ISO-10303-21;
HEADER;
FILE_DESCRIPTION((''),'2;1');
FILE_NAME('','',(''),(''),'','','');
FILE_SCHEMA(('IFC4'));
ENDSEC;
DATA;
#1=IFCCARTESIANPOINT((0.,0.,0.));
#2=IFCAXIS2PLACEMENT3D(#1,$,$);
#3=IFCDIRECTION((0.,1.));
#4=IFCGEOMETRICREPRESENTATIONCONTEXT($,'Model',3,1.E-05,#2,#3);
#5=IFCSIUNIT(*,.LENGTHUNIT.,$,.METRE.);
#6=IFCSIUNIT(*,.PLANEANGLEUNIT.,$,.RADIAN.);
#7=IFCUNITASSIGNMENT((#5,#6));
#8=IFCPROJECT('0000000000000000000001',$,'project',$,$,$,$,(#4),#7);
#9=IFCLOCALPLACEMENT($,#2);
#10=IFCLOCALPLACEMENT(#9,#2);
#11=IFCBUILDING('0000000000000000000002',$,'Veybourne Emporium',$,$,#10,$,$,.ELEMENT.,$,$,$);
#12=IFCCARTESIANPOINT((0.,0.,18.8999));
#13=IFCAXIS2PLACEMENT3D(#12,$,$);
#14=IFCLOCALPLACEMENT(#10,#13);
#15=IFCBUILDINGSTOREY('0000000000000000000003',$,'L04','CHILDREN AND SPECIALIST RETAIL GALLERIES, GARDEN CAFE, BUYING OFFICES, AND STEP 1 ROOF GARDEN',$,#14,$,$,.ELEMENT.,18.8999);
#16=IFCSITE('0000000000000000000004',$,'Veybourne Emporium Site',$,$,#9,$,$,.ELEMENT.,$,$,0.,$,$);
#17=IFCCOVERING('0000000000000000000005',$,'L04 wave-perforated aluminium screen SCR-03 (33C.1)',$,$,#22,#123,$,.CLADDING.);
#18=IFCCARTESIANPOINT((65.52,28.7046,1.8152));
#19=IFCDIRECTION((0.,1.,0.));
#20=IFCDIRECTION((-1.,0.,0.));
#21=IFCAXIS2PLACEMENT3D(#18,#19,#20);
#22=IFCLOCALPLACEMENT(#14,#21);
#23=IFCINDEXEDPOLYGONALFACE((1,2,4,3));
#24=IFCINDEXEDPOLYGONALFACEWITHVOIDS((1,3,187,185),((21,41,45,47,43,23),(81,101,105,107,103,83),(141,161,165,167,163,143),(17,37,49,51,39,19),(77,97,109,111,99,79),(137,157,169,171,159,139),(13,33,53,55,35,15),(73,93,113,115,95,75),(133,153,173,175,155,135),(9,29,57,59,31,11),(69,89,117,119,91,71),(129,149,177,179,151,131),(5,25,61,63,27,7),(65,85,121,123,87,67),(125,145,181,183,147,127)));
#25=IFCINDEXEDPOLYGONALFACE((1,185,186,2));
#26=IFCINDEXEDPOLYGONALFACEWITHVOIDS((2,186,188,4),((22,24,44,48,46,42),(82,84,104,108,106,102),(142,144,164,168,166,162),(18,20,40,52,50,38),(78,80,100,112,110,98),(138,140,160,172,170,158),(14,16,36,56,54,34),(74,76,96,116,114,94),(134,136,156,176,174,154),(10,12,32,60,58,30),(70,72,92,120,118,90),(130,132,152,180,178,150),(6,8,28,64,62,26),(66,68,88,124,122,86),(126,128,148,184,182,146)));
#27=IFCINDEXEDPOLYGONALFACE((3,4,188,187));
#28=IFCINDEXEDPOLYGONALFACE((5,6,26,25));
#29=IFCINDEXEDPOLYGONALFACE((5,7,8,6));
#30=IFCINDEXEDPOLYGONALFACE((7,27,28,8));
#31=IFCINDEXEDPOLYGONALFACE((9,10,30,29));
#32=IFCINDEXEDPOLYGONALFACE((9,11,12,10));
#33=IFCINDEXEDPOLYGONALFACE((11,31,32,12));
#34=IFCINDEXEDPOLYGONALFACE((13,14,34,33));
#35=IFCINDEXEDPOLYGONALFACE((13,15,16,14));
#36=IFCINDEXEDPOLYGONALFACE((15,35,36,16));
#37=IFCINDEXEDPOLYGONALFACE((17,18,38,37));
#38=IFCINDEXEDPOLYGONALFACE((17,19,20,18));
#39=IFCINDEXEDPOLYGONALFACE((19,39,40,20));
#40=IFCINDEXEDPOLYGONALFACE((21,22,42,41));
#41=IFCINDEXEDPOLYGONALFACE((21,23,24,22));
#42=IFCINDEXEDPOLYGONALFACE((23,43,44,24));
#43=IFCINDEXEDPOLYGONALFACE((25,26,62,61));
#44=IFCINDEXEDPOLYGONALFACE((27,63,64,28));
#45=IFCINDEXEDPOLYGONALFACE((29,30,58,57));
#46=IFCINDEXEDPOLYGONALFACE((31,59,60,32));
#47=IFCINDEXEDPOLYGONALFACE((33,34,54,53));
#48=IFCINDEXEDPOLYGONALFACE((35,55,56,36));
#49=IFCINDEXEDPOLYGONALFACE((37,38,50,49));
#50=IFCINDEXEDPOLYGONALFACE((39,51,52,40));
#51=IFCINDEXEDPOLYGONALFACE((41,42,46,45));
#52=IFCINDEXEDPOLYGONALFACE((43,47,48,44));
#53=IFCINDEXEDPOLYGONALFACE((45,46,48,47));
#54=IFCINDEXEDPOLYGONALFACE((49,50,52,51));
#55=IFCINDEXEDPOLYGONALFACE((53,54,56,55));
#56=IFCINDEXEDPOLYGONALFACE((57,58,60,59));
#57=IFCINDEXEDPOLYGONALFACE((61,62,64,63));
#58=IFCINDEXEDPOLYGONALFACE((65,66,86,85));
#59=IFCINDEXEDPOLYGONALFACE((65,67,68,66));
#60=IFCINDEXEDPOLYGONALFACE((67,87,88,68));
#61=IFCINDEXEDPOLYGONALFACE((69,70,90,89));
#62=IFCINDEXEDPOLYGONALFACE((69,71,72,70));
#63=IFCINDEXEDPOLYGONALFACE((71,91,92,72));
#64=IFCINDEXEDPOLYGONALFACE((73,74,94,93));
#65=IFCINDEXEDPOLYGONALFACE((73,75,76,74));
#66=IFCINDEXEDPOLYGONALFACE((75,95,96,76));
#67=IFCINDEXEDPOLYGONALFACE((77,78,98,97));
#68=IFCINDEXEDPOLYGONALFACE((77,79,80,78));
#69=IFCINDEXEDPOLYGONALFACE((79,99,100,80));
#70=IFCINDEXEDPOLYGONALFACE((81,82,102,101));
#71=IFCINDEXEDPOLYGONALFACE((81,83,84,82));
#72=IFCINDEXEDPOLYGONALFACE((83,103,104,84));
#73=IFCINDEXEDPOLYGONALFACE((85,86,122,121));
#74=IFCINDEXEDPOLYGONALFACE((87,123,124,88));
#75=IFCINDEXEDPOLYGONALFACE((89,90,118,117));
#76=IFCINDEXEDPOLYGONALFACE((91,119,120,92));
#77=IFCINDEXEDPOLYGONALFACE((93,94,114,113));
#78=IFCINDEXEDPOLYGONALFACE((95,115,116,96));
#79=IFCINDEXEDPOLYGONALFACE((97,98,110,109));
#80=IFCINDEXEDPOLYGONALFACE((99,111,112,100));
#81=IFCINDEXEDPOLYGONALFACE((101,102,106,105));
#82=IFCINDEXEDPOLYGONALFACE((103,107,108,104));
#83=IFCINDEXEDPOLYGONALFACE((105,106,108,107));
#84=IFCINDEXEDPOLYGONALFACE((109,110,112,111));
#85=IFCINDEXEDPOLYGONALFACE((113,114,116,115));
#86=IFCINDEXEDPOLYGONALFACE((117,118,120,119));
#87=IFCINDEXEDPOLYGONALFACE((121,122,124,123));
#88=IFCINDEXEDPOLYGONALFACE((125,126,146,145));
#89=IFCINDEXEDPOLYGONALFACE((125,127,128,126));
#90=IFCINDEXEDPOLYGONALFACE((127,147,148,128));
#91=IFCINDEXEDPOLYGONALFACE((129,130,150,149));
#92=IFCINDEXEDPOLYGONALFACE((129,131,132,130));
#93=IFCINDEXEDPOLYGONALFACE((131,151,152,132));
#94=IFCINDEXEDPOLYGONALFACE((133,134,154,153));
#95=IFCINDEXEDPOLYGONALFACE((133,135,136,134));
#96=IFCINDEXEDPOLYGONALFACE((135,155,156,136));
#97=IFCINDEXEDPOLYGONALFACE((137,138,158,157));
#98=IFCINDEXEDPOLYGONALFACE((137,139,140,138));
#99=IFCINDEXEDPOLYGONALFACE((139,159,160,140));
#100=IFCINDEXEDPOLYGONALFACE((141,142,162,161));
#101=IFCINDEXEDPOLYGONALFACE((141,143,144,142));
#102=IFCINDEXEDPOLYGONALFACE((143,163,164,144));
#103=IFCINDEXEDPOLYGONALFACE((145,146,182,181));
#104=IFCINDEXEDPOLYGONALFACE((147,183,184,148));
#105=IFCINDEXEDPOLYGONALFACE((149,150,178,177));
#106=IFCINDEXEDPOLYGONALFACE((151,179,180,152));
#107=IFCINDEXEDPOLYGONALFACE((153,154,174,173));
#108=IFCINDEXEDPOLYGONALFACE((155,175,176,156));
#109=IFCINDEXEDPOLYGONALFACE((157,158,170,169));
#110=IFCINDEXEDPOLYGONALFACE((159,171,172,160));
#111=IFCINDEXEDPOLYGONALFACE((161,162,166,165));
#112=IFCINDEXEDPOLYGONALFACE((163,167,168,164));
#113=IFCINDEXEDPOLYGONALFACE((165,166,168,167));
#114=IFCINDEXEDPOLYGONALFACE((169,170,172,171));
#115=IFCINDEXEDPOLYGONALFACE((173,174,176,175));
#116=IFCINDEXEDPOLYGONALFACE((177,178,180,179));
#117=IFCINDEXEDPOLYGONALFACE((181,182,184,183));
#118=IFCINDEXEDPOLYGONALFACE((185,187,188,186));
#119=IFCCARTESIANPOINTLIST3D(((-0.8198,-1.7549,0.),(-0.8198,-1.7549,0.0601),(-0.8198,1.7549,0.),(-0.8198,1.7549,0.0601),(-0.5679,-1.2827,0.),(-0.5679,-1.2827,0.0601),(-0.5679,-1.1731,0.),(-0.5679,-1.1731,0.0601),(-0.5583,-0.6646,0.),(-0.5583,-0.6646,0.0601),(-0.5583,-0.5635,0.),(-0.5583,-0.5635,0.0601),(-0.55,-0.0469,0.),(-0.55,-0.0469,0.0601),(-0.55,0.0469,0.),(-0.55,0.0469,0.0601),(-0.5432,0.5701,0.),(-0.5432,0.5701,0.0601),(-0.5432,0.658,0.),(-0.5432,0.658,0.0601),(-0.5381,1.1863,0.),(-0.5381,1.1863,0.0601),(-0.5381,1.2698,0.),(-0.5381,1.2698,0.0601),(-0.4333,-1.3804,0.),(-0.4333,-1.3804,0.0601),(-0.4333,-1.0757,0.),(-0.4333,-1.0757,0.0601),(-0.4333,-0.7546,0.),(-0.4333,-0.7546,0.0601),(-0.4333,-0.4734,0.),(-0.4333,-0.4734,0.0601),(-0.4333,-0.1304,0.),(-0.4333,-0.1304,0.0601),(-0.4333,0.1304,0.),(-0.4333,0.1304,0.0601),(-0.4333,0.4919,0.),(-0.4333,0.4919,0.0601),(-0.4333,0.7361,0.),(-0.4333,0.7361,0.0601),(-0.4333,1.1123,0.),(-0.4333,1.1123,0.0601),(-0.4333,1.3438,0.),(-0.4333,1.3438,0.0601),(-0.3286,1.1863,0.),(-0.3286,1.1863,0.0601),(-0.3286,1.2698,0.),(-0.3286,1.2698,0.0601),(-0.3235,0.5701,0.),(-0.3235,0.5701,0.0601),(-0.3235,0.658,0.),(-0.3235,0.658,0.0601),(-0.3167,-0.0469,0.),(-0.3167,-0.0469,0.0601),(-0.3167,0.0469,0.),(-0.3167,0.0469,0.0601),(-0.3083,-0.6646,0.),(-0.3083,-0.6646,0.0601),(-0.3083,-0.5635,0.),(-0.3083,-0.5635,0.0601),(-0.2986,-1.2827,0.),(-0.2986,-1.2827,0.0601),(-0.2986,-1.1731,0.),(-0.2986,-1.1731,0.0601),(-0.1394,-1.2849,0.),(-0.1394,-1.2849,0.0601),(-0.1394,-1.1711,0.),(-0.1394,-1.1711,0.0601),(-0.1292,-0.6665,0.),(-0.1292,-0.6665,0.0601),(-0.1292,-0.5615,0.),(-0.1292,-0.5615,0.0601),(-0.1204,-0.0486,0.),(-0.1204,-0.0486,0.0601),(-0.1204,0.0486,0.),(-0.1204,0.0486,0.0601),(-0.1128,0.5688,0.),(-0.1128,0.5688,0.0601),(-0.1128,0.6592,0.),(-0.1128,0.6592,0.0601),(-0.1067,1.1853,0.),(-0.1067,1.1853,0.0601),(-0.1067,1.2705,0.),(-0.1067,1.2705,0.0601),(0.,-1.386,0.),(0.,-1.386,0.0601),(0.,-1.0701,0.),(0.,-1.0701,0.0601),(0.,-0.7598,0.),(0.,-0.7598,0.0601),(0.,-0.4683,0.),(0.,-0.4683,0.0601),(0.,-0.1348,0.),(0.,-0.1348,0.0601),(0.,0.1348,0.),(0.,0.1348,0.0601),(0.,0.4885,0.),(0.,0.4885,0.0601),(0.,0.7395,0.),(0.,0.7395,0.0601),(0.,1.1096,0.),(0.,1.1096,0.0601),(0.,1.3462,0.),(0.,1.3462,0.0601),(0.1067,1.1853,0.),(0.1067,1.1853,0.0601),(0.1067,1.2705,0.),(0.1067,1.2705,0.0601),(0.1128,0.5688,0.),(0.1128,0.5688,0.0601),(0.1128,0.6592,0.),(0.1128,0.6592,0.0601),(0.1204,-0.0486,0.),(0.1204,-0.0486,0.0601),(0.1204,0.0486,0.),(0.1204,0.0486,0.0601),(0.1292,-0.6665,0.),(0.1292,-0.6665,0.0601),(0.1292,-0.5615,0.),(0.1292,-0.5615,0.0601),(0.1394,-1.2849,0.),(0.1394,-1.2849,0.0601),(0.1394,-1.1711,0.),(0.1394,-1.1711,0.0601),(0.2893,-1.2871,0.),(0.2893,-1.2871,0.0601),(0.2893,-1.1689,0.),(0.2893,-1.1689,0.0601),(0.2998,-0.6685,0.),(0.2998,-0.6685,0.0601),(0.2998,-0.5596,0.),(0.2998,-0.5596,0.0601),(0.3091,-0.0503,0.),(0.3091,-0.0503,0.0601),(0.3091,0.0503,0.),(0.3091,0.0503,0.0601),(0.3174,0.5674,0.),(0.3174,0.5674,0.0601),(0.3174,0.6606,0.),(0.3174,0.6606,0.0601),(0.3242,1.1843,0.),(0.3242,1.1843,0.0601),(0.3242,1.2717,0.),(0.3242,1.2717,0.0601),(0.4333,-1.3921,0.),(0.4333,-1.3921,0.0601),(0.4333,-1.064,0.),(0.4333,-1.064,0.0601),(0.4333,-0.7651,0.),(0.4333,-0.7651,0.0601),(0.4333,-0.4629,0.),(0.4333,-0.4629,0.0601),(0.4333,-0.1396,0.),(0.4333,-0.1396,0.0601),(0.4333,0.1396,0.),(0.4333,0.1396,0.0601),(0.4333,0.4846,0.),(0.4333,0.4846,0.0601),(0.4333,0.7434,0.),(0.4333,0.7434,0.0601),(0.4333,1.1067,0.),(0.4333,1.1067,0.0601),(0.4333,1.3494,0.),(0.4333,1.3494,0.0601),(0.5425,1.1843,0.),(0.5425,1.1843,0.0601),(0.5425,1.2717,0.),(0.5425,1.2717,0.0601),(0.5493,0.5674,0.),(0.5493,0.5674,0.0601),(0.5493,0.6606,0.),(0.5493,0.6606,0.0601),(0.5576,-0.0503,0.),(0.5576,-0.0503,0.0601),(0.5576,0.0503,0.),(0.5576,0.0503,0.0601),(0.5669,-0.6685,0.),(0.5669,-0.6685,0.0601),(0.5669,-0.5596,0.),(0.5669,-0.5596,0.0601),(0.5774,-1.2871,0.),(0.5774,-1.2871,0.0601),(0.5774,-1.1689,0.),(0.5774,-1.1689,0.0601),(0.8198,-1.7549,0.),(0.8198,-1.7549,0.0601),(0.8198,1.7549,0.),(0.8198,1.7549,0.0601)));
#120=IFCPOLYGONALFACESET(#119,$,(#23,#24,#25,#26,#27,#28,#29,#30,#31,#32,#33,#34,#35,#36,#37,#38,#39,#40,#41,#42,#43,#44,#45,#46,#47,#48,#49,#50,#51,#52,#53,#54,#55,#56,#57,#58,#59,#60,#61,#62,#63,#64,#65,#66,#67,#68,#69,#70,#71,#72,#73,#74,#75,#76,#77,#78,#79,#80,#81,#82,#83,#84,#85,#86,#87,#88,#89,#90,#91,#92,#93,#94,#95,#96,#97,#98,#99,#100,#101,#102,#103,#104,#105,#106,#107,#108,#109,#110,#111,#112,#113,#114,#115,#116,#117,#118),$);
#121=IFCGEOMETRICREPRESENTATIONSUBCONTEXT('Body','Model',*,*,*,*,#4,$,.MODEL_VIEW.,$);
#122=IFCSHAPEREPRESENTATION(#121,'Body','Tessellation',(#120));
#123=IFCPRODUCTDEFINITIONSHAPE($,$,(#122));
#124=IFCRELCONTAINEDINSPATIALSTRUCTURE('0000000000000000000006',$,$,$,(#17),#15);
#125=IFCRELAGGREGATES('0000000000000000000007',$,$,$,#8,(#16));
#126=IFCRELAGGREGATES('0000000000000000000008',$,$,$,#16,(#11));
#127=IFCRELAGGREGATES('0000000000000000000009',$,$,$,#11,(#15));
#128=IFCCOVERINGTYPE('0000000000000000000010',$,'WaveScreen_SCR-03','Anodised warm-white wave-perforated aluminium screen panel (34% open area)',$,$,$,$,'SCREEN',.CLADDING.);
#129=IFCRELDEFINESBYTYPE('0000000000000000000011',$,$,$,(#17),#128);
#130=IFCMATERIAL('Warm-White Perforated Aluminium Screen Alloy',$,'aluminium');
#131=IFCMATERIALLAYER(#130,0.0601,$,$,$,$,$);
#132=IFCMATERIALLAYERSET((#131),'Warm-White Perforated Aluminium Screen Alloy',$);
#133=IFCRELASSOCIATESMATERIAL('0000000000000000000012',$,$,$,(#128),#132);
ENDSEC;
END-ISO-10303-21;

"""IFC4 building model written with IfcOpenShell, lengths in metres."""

from ifc_helpers import new_model, si_unit, direction, frame, origin, place, context, subcontext, project, spatial, polyline, outline, extrude, material, layer, layer_set, type_object, element, save


model = new_model("IFC4")

# Units and contexts
model_context = context("Model", 3, precision=1e-05, world=origin(), true_north=direction((0.0, 1.0)))
body_context = subcontext(model_context, "Body", "Model", "MODEL_VIEW")
ifc_project = project(units=[si_unit("LENGTHUNIT", "METRE"), si_unit("PLANEANGLEUNIT", "RADIAN")], contexts=[model_context])

# Site, building, storey
site_placement = place(None, origin())
site = spatial("IfcSite", under=ifc_project, at=site_placement, Name="Veybourne Emporium Site", CompositionType="ELEMENT", RefElevation=0.0)
building_placement = place(site_placement, origin())
building = spatial("IfcBuilding", under=site, at=building_placement, Name="Veybourne Emporium", CompositionType="ELEMENT")
storey_placement = place(building_placement, frame((0.0, 0.0, 18.8999)))
storey = spatial("IfcBuildingStorey", under=building, at=storey_placement, Name="L04", Description="CHILDREN AND SPECIALIST RETAIL GALLERIES, GARDEN CAFE, BUYING OFFICES, AND STEP 1 ROOF GARDEN", CompositionType="ELEMENT", Elevation=18.8999)

# Covering
ifc_material_1 = material(Name="Warm-White Perforated Aluminium Screen Alloy", Category="aluminium")
ifc_layer_1 = layer(ifc_material_1, 0.0601)
ifc_layer_set_1 = layer_set([ifc_layer_1], Name="Warm-White Perforated Aluminium Screen Alloy")
covering_type_1 = type_object("IfcCoveringType", Name="WaveScreen_SCR-03", Description="Anodised warm-white wave-perforated aluminium screen panel (34% open area)", ElementType="SCREEN", PredefinedType="CLADDING", material=ifc_layer_set_1)
covering_1_placement = place(storey_placement, frame((65.52, 28.7046, 1.8152), z_axis=(0.0, 1.0, 0.0), x_axis=(-1.0, 0.0, 0.0)))
element("IfcCovering", 1, at=covering_1_placement, inside=storey, type_object=covering_type_1, Name="L04 wave-perforated aluminium screen SCR-03 (33C.1)", PredefinedType="CLADDING", context=body_context, shape_type="SweptSolid", body=[
    extrude(outline(polyline([(-0.8198, -1.7549), (0.8198, -1.7549), (0.8198, 1.7549), (-0.8198, 1.7549), (-0.8198, -1.7549)]), holes=[polyline([(-0.4333, -1.0757), (-0.2986, -1.1731), (-0.2986, -1.2827), (-0.4333, -1.3804), (-0.5679, -1.2827), (-0.5679, -1.1731), (-0.4333, -1.0757)]), polyline([(-0.4333, -0.4734), (-0.3083, -0.5635), (-0.3083, -0.6646), (-0.4333, -0.7546), (-0.5583, -0.6646), (-0.5583, -0.5635), (-0.4333, -0.4734)]), polyline([(-0.4333, 0.1304), (-0.3167, 0.0469), (-0.3167, -0.0469), (-0.4333, -0.1304), (-0.55, -0.0469), (-0.55, 0.0469), (-0.4333, 0.1304)]), polyline([(-0.4333, 0.7361), (-0.3235, 0.658), (-0.3235, 0.5701), (-0.4333, 0.4919), (-0.5432, 0.5701), (-0.5432, 0.658), (-0.4333, 0.7361)]), polyline([(-0.4333, 1.3438), (-0.3286, 1.2698), (-0.3286, 1.1863), (-0.4333, 1.1123), (-0.5381, 1.1863), (-0.5381, 1.2698), (-0.4333, 1.3438)]), polyline([(0.0, -1.0701), (0.1394, -1.1711), (0.1394, -1.2849), (0.0, -1.386), (-0.1394, -1.2849), (-0.1394, -1.1711), (0.0, -1.0701)]), polyline([(0.0, -0.4683), (0.1292, -0.5615), (0.1292, -0.6665), (0.0, -0.7598), (-0.1292, -0.6665), (-0.1292, -0.5615), (0.0, -0.4683)]), polyline([(0.0, 0.1348), (0.1204, 0.0486), (0.1204, -0.0486), (0.0, -0.1348), (-0.1204, -0.0486), (-0.1204, 0.0486), (0.0, 0.1348)]), polyline([(0.0, 0.7395), (0.1128, 0.6592), (0.1128, 0.5688), (0.0, 0.4885), (-0.1128, 0.5688), (-0.1128, 0.6592), (0.0, 0.7395)]), polyline([(0.0, 1.3462), (0.1067, 1.2705), (0.1067, 1.1853), (0.0, 1.1096), (-0.1067, 1.1853), (-0.1067, 1.2705), (0.0, 1.3462)]), polyline([(0.4333, -1.064), (0.5774, -1.1689), (0.5774, -1.2871), (0.4333, -1.3921), (0.2893, -1.2871), (0.2893, -1.1689), (0.4333, -1.064)]), polyline([(0.4333, -0.4629), (0.5669, -0.5596), (0.5669, -0.6685), (0.4333, -0.7651), (0.2998, -0.6685), (0.2998, -0.5596), (0.4333, -0.4629)]), polyline([(0.4333, 0.1396), (0.5576, 0.0503), (0.5576, -0.0503), (0.4333, -0.1396), (0.3091, -0.0503), (0.3091, 0.0503), (0.4333, 0.1396)]), polyline([(0.4333, 0.7434), (0.5493, 0.6606), (0.5493, 0.5674), (0.4333, 0.4846), (0.3174, 0.5674), (0.3174, 0.6606), (0.4333, 0.7434)]), polyline([(0.4333, 1.3494), (0.5425, 1.2717), (0.5425, 1.1843), (0.4333, 1.1067), (0.3242, 1.1843), (0.3242, 1.2717), (0.4333, 1.3494)])]), origin(), (0.0, 0.0, 1.0), 0.0601),
])

save(model, "model.ifc")
